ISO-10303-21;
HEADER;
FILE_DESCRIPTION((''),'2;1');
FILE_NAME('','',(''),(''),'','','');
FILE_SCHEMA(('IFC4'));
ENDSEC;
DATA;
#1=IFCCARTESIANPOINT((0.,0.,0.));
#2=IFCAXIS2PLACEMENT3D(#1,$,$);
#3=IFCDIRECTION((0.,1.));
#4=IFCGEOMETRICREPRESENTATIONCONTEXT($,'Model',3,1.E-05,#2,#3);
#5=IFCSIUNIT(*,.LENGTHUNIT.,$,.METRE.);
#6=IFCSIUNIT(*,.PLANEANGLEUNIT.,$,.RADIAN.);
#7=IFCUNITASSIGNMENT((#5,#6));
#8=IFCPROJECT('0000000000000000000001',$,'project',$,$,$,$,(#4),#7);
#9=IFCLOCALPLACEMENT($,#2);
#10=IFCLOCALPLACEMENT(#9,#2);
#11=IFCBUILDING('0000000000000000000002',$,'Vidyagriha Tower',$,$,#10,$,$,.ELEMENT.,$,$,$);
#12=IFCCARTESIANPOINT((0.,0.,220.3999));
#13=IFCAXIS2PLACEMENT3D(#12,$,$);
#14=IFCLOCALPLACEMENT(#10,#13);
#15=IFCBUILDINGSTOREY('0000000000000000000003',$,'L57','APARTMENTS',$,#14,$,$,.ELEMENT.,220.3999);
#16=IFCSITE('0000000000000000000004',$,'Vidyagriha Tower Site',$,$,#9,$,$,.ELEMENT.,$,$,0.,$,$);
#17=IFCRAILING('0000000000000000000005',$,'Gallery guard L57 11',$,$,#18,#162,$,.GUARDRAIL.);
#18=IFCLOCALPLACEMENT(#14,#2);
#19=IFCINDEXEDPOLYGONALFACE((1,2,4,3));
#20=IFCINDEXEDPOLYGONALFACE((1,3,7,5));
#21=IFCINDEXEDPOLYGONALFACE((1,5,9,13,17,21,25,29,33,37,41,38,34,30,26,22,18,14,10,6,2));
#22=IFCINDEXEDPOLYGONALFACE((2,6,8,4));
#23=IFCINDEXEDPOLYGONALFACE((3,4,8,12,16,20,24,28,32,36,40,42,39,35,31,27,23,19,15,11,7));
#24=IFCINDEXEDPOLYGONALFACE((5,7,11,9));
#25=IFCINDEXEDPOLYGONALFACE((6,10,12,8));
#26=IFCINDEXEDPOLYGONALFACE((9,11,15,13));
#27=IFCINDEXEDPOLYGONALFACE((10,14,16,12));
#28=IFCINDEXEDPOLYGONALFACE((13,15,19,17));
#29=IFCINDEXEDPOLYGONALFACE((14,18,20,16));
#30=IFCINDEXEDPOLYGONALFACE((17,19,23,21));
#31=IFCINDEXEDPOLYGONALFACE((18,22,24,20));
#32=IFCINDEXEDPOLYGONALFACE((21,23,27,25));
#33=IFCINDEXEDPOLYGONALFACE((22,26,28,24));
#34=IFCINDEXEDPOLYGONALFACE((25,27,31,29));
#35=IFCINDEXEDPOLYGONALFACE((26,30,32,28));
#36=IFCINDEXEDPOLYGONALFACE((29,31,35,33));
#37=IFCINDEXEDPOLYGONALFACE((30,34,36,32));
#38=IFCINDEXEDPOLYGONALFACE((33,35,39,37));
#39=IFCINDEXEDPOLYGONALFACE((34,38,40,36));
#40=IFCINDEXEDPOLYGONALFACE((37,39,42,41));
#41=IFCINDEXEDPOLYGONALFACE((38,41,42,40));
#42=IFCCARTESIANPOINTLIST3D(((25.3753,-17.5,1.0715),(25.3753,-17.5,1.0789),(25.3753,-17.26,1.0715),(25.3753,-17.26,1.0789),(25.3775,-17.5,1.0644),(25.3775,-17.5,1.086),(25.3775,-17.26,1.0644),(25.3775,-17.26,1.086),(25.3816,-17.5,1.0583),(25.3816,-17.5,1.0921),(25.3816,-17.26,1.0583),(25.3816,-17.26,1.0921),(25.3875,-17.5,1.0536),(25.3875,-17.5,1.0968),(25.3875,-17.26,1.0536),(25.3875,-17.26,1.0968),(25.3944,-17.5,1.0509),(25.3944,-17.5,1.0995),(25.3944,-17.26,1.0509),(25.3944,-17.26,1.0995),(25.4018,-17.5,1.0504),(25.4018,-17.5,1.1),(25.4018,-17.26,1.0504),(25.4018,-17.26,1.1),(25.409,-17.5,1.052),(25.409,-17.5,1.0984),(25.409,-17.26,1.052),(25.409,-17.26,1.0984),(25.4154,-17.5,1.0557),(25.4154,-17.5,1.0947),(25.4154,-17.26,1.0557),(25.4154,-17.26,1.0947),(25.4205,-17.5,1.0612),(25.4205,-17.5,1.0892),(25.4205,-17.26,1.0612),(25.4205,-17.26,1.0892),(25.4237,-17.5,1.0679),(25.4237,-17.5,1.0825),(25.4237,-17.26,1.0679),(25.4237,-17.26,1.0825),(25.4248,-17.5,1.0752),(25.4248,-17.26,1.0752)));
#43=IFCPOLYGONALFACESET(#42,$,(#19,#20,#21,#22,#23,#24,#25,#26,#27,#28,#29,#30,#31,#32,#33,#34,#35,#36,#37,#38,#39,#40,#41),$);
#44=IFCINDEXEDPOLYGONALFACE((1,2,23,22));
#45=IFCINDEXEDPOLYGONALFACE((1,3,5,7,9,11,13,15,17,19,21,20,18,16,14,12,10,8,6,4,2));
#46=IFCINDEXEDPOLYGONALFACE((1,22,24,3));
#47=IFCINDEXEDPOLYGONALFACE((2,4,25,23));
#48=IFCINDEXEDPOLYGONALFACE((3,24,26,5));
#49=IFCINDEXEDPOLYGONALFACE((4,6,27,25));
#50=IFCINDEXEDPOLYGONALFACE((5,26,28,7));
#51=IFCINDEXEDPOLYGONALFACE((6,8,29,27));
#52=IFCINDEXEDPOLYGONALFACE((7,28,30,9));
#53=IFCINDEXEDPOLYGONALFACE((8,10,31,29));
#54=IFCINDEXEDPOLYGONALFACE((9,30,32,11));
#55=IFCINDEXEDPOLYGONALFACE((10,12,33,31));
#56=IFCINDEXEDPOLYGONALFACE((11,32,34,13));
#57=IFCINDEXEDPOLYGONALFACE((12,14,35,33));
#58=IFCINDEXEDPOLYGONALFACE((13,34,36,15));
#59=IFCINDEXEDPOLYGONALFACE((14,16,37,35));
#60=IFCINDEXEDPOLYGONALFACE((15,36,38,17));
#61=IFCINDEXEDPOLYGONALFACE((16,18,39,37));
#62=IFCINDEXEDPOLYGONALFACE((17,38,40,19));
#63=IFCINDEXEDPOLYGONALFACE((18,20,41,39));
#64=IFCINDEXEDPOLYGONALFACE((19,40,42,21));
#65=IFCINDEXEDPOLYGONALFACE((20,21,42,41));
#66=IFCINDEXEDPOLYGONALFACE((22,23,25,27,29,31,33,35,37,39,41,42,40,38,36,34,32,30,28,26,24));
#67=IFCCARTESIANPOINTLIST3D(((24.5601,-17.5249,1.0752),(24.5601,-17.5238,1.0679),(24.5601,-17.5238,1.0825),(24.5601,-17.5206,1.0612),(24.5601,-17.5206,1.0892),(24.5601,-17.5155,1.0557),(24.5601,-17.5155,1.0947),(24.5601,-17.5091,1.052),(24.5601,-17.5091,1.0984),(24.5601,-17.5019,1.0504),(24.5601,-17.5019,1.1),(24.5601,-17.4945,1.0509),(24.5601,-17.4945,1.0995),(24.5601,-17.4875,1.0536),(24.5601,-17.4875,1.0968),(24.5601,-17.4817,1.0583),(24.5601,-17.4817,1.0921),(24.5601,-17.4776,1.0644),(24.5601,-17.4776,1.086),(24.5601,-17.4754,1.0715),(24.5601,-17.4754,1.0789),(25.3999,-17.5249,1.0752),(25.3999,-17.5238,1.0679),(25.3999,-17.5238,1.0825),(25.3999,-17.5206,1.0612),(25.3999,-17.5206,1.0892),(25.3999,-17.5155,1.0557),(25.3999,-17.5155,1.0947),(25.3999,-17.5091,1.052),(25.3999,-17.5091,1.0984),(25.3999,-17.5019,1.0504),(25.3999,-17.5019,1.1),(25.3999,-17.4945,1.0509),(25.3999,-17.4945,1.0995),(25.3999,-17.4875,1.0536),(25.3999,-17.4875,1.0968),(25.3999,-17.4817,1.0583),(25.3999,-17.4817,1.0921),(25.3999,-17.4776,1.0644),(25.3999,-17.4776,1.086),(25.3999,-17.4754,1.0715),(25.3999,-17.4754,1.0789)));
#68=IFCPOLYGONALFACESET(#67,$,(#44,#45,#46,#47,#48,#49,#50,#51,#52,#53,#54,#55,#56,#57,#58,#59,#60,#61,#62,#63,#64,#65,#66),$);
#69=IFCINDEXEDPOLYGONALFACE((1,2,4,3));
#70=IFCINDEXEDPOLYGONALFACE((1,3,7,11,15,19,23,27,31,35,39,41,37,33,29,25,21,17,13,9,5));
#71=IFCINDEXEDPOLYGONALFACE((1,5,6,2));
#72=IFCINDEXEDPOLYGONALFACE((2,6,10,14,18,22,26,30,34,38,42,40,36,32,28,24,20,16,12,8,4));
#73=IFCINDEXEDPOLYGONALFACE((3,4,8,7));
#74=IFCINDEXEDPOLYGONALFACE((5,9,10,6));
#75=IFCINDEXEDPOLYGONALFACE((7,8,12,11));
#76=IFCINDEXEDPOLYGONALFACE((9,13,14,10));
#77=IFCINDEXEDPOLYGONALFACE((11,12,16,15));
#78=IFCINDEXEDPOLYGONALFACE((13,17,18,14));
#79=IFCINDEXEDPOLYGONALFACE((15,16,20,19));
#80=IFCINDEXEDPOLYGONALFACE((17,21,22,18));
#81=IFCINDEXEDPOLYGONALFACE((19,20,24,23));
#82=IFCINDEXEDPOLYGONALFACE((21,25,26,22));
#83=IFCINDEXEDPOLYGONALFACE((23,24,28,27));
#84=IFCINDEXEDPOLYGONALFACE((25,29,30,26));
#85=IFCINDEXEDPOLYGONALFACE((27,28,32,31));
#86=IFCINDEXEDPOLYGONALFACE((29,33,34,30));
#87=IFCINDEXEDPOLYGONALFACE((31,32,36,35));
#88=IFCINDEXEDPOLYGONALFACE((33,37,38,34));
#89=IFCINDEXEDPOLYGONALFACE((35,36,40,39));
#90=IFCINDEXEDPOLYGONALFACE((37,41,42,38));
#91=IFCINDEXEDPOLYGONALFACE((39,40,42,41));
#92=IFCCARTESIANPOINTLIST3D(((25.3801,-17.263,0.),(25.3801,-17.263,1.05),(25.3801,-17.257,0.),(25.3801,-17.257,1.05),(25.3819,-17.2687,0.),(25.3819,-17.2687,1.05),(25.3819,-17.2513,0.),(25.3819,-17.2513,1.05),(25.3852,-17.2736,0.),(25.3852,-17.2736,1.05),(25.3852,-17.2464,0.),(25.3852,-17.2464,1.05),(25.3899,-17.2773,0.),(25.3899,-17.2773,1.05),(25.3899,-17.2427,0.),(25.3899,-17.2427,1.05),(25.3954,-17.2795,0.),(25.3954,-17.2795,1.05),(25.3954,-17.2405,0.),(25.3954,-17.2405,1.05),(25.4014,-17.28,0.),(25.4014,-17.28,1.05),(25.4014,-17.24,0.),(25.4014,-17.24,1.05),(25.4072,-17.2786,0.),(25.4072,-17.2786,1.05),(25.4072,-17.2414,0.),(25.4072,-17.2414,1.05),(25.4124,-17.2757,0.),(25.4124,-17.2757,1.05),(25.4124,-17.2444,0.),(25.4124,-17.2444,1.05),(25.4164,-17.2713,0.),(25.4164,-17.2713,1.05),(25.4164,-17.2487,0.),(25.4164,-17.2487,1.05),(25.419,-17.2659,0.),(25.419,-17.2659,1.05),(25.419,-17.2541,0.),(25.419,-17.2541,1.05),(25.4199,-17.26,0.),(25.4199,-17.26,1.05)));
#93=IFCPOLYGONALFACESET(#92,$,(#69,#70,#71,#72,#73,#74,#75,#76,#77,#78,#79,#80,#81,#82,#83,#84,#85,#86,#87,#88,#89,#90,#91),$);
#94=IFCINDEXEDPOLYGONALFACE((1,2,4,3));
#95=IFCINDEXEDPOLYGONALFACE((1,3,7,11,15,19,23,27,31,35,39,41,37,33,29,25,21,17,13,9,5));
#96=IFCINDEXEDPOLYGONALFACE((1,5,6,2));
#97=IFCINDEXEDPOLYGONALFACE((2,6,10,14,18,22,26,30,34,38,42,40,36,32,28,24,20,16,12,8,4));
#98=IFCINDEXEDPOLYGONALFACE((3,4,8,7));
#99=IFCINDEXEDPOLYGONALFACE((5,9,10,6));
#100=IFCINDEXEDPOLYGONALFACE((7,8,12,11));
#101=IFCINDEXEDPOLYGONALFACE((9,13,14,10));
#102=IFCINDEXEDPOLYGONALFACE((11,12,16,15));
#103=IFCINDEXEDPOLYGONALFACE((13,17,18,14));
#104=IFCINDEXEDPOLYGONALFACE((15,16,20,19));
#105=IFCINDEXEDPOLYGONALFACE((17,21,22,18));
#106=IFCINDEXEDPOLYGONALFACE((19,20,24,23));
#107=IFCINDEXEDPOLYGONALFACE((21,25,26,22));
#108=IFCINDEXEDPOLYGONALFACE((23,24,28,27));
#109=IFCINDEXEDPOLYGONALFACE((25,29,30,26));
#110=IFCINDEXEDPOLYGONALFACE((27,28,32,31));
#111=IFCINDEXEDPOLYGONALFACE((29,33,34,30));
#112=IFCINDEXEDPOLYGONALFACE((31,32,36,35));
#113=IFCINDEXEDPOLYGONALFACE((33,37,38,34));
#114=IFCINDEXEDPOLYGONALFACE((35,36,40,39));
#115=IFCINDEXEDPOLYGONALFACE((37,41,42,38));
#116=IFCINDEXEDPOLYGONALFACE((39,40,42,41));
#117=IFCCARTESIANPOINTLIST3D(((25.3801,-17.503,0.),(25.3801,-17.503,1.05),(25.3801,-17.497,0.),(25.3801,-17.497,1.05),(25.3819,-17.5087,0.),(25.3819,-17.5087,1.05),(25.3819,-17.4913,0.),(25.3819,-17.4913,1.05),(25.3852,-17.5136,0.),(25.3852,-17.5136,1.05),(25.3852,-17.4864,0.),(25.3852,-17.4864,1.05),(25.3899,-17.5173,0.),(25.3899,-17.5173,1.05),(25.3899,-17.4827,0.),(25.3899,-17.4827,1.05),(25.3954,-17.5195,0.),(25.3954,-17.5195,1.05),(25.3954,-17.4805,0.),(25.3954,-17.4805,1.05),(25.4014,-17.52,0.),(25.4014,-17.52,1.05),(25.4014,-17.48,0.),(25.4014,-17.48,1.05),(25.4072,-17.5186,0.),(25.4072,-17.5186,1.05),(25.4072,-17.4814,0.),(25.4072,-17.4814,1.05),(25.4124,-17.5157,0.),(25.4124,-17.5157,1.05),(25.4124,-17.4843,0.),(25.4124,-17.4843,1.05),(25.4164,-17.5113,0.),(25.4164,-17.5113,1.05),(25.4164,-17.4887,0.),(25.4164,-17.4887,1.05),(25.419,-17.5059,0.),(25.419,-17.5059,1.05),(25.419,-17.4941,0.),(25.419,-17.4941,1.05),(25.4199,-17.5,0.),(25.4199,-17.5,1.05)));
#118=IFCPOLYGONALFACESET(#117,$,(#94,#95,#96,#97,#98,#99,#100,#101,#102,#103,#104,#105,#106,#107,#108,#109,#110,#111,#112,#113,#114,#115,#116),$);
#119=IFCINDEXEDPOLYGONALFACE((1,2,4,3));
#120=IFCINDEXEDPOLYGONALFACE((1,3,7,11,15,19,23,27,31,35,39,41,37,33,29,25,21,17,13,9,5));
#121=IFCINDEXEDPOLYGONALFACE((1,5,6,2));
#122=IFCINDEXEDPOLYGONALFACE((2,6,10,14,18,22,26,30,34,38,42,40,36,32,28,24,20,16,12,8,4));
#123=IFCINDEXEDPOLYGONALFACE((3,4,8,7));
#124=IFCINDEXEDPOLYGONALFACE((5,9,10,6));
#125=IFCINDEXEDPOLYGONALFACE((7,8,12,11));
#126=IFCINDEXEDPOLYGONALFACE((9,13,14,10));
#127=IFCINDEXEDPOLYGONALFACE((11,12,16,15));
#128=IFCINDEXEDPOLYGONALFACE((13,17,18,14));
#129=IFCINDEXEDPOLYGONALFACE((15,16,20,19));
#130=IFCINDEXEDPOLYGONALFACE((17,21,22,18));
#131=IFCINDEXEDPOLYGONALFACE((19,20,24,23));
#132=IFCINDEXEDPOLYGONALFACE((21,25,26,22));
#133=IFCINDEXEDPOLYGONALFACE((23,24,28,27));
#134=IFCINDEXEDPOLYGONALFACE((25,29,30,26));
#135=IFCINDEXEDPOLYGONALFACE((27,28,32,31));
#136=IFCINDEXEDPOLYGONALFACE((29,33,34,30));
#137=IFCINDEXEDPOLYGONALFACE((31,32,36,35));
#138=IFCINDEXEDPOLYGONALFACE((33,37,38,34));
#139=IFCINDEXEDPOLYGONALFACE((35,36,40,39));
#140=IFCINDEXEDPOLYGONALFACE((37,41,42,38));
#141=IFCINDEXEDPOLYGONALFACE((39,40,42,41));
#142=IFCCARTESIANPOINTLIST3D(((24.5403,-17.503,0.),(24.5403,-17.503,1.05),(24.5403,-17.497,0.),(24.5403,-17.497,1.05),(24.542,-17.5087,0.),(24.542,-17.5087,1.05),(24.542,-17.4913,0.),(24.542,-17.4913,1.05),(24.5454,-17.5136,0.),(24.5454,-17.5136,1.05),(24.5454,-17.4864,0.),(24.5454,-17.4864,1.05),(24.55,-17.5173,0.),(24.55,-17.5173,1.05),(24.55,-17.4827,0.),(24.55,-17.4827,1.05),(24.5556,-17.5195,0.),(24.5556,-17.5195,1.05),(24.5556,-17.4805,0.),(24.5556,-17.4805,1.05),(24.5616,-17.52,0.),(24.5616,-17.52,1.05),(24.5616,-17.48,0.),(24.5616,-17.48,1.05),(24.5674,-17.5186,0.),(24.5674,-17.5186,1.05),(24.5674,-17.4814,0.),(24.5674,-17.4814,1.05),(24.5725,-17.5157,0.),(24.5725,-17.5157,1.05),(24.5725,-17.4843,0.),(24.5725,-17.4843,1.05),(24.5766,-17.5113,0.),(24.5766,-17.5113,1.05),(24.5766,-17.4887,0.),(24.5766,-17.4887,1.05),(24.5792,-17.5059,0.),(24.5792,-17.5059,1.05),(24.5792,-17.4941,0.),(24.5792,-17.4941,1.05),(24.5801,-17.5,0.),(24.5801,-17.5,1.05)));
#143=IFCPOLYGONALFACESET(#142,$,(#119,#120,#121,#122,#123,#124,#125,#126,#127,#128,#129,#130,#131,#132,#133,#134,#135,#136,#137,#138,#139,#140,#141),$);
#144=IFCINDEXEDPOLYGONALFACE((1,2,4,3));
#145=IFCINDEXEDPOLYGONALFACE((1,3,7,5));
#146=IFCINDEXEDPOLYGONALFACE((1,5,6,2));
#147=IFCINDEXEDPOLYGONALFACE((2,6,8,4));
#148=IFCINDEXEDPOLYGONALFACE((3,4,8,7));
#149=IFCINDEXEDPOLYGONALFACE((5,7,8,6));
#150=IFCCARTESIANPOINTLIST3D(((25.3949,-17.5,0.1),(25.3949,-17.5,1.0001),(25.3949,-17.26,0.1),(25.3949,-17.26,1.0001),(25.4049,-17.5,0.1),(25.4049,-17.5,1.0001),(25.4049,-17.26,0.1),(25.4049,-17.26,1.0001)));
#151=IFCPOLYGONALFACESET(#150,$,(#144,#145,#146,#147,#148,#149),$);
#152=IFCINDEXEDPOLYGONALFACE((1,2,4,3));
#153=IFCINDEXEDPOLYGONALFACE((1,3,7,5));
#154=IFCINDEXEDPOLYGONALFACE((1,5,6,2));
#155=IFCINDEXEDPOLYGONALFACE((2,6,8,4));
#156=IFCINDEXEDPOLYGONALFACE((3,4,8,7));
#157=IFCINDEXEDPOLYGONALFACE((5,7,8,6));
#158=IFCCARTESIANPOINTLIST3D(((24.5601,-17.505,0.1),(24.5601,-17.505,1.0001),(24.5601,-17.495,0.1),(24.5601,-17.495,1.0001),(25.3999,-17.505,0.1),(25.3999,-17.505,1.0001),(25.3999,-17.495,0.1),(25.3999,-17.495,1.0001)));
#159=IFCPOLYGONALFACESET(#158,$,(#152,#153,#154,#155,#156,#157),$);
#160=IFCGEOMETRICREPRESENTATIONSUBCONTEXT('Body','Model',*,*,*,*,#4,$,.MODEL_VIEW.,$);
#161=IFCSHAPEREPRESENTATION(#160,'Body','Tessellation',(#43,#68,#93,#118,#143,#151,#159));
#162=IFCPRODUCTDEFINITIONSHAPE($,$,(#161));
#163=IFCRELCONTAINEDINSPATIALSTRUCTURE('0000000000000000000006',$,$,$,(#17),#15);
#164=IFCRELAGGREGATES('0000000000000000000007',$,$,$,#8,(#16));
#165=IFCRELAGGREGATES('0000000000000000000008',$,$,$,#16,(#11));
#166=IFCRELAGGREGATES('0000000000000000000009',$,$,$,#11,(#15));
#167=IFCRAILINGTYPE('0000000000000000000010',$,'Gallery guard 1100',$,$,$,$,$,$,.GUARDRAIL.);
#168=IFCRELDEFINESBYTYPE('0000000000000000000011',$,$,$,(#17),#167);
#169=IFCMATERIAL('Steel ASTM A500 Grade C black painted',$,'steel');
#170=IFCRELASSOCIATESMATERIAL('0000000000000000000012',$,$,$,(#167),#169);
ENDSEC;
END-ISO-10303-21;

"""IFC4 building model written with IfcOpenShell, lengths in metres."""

from ifc_helpers import new_model, si_unit, direction, frame, origin, origin_2d, place, context, subcontext, project, spatial, rectangle, circle, extrude, material, type_object, element, save


model = new_model("IFC4")

# Units and contexts
model_context = context("Model", 3, precision=1e-05, world=origin(), true_north=direction((0.0, 1.0)))
body_context = subcontext(model_context, "Body", "Model", "MODEL_VIEW")
ifc_project = project(units=[si_unit("LENGTHUNIT", "METRE"), si_unit("PLANEANGLEUNIT", "RADIAN")], contexts=[model_context])

# Site, building, storey
site_placement = place(None, origin())
site = spatial("IfcSite", under=ifc_project, at=site_placement, Name="Vidyagriha Tower Site", CompositionType="ELEMENT", RefElevation=0.0)
building_placement = place(site_placement, origin())
building = spatial("IfcBuilding", under=site, at=building_placement, Name="Vidyagriha Tower", CompositionType="ELEMENT")
storey_placement = place(building_placement, frame((0.0, 0.0, 220.3999)))
storey = spatial("IfcBuildingStorey", under=building, at=storey_placement, Name="L57", Description="APARTMENTS", CompositionType="ELEMENT", Elevation=220.3999)

# Railing
ifc_material_1 = material(Name="Steel ASTM A500 Grade C black painted", Category="steel")
railing_type = type_object("IfcRailingType", Name="Gallery guard 1100", PredefinedType="GUARDRAIL", material=ifc_material_1)
railing_placement = place(storey_placement, frame((25.3999, -17.26, 0.0)))
element("IfcRailing", 1, at=railing_placement, inside=storey, type_object=railing_type, Name="Gallery guard L57 11", PredefinedType="GUARDRAIL", context=body_context, shape_type="SweptSolid", body=[
    extrude(circle(Radius=0.0249, at=origin_2d()), frame((0.0, 0.0, 1.0752), z_axis=(0.0, -1.0, 0.0), x_axis=(1.0, 0.0, 0.0)), (0.0, 0.0, 1.0), 0.24),
    extrude(circle(Radius=0.0249, at=origin_2d()), frame((0.0, -0.24, 1.0752), z_axis=(-1.0, 0.0, 0.0), x_axis=(0.0, -1.0, 0.0)), (0.0, 0.0, 1.0), 0.8398),
    extrude(circle(Radius=0.02, at=origin_2d()), origin(), (0.0, 0.0, 1.0), 1.05),
    extrude(circle(Radius=0.02, at=origin_2d()), frame((0.0, -0.24, 0.0)), (0.0, 0.0, 1.0), 1.05),
    extrude(circle(Radius=0.02, at=origin_2d()), frame((-0.8398, -0.24, 0.0)), (0.0, 0.0, 1.0), 1.05),
    extrude(rectangle(XDim=0.01, YDim=0.9001, at=origin_2d()), frame((0.0, 0.0, 0.55), z_axis=(0.0, -1.0, 0.0), x_axis=(1.0, 0.0, 0.0)), (0.0, 0.0, 1.0), 0.24),
    extrude(rectangle(XDim=0.01, YDim=0.9001, at=origin_2d()), frame((0.0, -0.24, 0.55), z_axis=(-1.0, 0.0, 0.0), x_axis=(0.0, -1.0, 0.0)), (0.0, 0.0, 1.0), 0.8398),
])

save(model, "model.ifc")
